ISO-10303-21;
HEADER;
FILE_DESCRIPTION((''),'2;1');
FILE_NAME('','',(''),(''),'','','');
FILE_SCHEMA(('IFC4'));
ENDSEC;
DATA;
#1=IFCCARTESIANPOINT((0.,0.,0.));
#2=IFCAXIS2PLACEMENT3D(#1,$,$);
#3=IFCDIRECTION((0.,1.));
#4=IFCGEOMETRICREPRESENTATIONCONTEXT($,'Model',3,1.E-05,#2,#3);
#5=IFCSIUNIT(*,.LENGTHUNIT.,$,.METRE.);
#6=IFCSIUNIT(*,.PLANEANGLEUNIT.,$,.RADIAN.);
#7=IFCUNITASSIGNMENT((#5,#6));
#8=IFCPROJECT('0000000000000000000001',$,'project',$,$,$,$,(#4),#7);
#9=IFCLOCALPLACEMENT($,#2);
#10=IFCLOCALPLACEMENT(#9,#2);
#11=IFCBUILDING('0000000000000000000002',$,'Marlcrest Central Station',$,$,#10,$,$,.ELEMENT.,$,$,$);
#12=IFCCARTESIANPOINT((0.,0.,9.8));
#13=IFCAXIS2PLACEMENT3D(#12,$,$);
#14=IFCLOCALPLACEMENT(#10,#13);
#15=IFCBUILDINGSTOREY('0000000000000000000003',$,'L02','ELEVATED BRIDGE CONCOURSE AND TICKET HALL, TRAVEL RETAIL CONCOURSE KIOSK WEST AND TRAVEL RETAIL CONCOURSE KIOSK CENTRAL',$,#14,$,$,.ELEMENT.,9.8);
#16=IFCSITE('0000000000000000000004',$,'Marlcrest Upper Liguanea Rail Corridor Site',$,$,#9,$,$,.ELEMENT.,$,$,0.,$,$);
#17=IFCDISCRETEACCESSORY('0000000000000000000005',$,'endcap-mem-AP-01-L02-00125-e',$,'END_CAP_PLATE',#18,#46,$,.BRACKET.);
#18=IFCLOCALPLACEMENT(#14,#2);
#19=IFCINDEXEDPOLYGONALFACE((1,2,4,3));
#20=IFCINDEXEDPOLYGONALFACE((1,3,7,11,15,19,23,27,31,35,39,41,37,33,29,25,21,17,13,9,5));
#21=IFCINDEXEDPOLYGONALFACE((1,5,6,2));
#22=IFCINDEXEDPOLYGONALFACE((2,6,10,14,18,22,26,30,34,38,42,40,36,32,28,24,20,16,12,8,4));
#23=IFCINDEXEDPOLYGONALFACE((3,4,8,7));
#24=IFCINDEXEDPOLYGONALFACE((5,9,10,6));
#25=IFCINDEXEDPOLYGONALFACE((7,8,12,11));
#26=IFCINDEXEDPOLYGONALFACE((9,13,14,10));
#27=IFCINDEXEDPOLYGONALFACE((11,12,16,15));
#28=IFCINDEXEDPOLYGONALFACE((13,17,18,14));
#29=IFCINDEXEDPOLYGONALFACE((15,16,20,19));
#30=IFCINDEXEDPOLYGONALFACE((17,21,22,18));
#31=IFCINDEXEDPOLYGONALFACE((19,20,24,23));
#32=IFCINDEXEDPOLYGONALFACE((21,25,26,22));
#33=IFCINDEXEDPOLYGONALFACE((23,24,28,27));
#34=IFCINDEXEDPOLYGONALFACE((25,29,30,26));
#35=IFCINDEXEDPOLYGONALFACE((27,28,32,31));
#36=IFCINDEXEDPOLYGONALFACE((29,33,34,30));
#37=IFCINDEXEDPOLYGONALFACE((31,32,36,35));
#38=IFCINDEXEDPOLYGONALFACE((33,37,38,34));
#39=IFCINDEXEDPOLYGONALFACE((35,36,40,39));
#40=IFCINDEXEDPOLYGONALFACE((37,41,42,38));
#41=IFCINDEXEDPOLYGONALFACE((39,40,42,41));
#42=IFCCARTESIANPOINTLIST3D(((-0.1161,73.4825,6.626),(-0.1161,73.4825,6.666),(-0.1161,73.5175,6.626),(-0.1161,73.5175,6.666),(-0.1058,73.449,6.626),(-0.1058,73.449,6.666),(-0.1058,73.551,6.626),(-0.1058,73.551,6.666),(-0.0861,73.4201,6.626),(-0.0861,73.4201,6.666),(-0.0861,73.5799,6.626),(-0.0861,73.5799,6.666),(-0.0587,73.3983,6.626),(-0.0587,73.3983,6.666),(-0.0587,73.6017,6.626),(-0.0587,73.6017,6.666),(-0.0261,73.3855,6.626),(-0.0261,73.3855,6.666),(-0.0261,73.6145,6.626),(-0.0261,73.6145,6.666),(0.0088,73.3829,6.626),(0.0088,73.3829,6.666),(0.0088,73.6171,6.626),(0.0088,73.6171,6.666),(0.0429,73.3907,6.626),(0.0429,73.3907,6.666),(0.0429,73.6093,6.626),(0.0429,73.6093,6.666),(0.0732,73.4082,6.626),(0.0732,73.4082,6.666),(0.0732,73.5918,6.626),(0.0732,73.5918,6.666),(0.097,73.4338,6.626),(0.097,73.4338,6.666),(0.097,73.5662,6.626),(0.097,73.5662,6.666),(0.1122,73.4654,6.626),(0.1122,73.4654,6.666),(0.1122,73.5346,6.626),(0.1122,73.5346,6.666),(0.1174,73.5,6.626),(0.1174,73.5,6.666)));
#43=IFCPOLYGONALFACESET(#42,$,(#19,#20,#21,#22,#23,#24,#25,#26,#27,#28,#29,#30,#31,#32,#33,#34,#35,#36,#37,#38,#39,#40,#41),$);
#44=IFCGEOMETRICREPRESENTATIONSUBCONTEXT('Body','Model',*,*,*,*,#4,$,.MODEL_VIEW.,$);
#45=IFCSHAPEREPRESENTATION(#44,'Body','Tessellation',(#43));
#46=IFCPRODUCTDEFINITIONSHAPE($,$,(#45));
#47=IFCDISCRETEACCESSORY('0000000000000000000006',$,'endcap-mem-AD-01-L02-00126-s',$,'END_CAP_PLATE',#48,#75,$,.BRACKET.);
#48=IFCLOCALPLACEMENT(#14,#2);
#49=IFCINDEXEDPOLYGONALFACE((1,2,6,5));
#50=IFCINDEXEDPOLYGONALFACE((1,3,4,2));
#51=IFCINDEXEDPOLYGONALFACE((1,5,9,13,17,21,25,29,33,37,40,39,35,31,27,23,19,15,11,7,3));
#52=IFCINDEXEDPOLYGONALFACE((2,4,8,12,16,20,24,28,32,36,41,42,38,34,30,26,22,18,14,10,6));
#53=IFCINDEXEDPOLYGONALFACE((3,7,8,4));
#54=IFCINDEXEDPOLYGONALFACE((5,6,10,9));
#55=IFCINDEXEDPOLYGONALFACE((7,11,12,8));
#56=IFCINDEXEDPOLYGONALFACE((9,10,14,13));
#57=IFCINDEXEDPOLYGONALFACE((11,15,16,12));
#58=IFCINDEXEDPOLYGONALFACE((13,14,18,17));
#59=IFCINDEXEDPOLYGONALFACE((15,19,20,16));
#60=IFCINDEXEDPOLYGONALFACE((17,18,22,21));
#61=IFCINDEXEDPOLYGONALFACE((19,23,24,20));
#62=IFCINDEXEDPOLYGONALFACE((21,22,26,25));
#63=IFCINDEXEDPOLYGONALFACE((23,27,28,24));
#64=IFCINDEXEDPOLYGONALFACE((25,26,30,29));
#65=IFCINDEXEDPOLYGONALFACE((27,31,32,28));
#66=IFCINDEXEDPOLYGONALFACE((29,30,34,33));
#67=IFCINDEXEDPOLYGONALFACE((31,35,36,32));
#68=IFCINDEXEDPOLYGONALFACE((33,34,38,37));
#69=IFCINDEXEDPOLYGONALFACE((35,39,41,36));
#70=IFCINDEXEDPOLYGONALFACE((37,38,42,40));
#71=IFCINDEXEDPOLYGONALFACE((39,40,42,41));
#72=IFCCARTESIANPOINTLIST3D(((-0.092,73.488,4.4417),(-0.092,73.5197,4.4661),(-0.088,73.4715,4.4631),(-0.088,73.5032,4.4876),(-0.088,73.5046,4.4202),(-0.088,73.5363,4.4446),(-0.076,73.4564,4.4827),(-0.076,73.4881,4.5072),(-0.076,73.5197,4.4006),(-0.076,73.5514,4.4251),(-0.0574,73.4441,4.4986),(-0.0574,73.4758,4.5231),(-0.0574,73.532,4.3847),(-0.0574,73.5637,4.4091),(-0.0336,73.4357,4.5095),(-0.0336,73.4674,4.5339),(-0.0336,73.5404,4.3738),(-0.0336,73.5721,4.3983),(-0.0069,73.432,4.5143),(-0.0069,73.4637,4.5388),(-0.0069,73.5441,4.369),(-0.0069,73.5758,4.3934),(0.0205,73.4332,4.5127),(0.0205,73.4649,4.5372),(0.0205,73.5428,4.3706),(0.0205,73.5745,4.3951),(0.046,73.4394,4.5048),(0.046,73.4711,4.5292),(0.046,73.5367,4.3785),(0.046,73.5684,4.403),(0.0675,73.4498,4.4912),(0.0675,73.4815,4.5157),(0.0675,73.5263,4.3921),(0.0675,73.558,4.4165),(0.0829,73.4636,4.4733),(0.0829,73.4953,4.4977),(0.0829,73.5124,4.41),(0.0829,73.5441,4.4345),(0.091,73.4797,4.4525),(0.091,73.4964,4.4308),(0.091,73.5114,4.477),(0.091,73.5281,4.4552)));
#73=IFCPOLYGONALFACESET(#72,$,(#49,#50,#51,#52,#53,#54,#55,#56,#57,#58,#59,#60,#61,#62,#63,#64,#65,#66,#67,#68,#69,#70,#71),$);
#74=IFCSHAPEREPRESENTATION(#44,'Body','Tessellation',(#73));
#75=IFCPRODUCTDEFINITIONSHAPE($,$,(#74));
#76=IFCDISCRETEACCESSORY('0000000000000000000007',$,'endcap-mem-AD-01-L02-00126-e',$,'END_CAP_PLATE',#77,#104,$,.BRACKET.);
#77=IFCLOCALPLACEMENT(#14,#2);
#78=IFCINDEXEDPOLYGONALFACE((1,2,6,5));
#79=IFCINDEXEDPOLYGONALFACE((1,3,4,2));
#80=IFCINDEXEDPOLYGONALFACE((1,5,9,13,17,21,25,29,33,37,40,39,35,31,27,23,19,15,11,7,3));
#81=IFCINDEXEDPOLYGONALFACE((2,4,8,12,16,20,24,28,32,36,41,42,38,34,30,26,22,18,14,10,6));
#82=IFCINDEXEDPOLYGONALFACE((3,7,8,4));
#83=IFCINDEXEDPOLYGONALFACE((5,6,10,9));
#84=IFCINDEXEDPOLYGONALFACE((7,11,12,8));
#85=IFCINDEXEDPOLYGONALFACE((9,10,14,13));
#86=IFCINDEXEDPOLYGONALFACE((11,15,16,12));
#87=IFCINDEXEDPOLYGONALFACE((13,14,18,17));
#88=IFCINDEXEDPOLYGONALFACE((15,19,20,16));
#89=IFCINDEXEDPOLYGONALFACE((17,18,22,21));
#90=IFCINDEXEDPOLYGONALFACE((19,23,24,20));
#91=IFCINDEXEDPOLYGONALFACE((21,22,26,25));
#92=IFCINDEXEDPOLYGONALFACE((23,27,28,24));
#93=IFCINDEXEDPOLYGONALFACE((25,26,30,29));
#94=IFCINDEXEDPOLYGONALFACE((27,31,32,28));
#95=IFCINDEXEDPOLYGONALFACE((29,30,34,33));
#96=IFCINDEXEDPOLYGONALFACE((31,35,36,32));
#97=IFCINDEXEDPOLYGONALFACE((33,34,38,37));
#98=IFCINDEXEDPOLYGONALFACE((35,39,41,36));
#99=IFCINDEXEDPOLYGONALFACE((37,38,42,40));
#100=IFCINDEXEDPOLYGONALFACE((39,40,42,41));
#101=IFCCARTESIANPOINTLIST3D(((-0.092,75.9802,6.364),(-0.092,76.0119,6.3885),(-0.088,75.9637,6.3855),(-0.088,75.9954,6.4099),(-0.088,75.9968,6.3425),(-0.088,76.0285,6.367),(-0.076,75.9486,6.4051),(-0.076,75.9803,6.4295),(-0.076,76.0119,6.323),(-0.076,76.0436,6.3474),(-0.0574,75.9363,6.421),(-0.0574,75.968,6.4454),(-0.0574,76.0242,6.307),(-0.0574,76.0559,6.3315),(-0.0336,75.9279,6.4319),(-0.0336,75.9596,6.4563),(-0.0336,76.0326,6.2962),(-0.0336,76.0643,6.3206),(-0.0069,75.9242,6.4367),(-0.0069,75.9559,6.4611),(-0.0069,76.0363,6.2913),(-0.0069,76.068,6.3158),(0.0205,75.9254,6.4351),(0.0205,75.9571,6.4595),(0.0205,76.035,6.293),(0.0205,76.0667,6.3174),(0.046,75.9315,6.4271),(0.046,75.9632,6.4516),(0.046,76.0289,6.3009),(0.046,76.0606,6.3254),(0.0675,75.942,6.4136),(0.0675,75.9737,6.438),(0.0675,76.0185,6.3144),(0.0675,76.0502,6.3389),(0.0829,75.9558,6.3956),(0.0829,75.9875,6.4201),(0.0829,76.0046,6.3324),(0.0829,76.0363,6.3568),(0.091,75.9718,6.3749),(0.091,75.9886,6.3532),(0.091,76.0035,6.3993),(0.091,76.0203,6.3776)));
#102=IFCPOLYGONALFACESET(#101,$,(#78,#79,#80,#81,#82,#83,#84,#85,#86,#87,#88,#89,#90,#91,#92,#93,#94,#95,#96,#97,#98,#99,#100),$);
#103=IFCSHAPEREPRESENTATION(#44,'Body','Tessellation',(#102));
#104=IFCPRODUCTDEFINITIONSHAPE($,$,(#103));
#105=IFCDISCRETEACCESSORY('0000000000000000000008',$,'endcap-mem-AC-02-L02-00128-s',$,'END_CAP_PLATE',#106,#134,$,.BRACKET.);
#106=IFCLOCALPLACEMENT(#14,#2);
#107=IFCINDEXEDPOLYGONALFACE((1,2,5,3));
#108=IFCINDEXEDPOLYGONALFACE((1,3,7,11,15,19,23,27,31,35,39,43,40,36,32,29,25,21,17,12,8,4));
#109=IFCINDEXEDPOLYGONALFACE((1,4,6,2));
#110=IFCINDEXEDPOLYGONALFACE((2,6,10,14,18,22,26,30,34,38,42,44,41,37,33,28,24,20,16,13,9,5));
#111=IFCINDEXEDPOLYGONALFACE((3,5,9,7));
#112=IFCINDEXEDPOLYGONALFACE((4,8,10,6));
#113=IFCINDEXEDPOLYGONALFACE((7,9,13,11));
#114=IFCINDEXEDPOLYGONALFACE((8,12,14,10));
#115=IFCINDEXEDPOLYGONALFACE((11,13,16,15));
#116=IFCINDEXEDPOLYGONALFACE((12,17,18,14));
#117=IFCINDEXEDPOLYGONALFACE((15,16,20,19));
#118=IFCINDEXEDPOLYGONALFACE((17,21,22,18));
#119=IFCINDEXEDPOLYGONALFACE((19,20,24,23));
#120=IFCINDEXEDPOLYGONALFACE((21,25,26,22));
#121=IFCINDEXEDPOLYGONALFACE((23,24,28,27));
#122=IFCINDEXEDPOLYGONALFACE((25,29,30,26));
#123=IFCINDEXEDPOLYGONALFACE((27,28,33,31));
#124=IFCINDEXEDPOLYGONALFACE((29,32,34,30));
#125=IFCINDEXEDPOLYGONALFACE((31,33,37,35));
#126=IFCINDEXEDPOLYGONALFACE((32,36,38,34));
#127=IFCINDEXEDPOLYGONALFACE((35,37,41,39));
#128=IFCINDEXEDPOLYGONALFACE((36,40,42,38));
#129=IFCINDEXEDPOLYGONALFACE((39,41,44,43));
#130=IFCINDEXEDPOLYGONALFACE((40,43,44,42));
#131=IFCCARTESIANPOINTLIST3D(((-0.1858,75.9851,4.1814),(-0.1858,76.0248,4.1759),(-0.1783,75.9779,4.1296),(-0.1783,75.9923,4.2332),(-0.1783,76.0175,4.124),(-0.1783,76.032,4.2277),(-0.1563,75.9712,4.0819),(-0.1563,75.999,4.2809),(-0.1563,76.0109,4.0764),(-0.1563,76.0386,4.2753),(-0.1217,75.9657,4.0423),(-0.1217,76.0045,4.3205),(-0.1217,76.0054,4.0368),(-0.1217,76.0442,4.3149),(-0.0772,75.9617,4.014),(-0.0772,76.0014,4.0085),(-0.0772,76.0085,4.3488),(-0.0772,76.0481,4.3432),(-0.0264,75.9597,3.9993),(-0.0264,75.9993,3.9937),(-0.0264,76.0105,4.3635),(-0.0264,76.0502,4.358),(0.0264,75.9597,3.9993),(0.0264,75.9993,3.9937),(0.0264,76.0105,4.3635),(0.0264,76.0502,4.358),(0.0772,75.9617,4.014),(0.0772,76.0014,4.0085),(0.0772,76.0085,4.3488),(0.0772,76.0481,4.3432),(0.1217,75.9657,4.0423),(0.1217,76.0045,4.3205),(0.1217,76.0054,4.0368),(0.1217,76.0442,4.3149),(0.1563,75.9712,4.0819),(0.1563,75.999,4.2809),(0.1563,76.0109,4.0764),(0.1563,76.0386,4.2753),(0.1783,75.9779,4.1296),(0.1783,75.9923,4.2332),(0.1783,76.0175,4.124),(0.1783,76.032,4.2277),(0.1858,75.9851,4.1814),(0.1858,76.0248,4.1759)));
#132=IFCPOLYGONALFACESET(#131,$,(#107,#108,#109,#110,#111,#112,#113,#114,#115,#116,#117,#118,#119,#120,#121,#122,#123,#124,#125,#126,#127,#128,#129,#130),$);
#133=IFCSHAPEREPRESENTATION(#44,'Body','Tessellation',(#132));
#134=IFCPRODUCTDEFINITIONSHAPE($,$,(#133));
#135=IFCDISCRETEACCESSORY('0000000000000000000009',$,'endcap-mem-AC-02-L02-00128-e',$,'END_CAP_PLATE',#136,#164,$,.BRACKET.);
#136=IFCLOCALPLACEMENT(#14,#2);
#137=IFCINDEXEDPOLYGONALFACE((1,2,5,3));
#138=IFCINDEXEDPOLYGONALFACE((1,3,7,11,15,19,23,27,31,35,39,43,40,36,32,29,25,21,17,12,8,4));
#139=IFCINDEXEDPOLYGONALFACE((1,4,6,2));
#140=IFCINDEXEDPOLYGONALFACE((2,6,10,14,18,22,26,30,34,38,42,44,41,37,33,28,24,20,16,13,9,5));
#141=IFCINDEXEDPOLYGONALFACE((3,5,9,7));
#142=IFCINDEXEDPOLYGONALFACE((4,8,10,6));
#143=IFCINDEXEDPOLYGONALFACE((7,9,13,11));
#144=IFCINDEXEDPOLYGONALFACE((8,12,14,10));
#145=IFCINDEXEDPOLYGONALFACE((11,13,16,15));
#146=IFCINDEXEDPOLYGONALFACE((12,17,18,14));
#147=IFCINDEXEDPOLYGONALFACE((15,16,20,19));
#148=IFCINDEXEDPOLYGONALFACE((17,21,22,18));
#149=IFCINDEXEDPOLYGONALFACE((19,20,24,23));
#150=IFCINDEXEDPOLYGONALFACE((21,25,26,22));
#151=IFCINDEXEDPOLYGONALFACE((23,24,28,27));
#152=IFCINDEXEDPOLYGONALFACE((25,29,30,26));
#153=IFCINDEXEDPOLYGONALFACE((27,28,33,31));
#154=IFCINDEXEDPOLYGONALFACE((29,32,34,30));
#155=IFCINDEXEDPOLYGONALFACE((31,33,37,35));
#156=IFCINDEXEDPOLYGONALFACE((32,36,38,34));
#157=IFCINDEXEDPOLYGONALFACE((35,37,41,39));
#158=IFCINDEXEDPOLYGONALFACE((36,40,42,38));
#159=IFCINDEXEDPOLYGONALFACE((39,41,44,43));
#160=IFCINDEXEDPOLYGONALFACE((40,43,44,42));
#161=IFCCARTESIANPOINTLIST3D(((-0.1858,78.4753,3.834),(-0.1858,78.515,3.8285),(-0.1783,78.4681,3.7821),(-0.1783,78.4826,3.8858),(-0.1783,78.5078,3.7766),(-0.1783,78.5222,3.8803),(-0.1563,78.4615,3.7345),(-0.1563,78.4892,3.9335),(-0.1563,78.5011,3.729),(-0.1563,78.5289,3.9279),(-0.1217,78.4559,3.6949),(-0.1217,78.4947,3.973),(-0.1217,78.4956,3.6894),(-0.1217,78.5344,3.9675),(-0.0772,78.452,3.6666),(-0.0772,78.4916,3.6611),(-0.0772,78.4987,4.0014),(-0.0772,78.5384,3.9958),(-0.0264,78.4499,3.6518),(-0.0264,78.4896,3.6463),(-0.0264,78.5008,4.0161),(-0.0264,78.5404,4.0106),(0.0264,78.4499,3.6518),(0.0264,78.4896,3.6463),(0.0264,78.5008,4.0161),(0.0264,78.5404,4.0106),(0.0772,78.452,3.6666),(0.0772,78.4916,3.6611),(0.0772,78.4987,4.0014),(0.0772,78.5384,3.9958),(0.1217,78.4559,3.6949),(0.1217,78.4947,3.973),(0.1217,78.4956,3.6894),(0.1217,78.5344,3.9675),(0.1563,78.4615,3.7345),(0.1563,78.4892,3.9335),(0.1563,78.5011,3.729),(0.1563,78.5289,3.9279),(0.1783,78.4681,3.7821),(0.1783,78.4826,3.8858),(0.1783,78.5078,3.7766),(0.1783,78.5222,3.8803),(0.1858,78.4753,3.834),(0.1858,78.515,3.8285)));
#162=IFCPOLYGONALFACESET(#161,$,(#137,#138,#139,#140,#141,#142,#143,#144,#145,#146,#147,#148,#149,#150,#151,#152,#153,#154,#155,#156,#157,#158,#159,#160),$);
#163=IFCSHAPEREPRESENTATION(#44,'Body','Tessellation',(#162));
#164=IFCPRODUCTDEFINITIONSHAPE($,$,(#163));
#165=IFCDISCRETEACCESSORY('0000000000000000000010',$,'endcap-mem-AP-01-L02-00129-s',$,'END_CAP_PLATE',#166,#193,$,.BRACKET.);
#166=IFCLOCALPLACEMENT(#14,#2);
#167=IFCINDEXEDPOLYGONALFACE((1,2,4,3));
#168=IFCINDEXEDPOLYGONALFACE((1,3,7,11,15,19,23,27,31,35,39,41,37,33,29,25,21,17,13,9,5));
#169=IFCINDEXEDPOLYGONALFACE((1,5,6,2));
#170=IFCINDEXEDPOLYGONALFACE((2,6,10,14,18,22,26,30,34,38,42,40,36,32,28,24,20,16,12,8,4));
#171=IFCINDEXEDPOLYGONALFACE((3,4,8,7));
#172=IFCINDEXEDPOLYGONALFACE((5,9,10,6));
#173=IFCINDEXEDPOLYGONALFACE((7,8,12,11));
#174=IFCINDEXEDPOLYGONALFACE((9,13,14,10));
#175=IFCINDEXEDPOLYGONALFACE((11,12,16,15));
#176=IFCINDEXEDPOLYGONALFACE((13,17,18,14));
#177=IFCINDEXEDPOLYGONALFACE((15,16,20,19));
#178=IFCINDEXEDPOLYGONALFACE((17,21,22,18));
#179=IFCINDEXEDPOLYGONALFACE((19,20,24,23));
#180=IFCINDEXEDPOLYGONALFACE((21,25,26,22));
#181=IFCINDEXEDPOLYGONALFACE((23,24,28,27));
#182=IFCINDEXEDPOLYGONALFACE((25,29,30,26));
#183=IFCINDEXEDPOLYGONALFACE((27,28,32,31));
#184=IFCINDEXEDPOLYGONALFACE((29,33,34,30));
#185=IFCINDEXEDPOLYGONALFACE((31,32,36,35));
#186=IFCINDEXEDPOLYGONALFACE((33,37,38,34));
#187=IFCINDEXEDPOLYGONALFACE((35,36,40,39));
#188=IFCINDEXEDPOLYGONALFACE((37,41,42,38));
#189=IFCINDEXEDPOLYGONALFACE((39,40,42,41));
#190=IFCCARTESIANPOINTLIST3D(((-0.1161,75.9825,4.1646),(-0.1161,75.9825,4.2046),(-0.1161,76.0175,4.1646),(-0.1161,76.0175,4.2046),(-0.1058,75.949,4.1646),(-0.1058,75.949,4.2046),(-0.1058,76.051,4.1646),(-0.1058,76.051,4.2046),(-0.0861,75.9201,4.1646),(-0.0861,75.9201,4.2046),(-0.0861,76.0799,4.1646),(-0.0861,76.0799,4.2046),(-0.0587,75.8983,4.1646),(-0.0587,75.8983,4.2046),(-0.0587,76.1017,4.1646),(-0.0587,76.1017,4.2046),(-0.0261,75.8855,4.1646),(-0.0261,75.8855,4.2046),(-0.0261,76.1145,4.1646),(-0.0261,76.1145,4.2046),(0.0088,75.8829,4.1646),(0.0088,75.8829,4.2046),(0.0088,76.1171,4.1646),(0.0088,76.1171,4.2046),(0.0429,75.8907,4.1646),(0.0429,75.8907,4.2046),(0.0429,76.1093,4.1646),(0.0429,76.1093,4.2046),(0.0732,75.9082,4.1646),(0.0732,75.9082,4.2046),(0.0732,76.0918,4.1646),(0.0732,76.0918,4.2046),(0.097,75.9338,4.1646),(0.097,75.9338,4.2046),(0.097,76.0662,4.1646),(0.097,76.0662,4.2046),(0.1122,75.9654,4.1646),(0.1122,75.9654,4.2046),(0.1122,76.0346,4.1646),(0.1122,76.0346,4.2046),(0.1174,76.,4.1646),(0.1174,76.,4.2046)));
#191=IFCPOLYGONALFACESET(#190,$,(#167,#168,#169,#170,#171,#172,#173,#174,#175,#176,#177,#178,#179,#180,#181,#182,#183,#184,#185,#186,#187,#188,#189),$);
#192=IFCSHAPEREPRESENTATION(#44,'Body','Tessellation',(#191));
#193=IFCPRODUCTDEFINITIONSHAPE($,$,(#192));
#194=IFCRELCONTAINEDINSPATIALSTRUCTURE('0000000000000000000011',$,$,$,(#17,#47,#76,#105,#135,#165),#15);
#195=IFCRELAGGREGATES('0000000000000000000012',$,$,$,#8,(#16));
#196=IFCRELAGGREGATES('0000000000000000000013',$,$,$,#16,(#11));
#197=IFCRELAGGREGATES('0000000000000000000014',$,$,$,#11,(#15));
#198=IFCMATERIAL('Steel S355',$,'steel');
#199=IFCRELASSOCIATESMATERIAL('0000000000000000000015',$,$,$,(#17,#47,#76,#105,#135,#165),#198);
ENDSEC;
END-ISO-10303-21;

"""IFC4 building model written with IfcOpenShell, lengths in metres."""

from ifc_helpers import new_model, si_unit, direction, frame, origin, origin_2d, place, context, subcontext, project, spatial, circle, extrude, material, element, save


model = new_model("IFC4")

# Units and contexts
model_context = context("Model", 3, precision=1e-05, world=origin(), true_north=direction((0.0, 1.0)))
body_context = subcontext(model_context, "Body", "Model", "MODEL_VIEW")
ifc_project = project(units=[si_unit("LENGTHUNIT", "METRE"), si_unit("PLANEANGLEUNIT", "RADIAN")], contexts=[model_context])

# Site, building, storey
site_placement = place(None, origin())
site = spatial("IfcSite", under=ifc_project, at=site_placement, Name="Marlcrest Upper Liguanea Rail Corridor Site", CompositionType="ELEMENT", RefElevation=0.0)
building_placement = place(site_placement, origin())
building = spatial("IfcBuilding", under=site, at=building_placement, Name="Marlcrest Central Station", CompositionType="ELEMENT")
storey_placement = place(building_placement, frame((0.0, 0.0, 9.8)))
storey = spatial("IfcBuildingStorey", under=building, at=storey_placement, Name="L02", Description="ELEVATED BRIDGE CONCOURSE AND TICKET HALL, TRAVEL RETAIL CONCOURSE KIOSK WEST AND TRAVEL RETAIL CONCOURSE KIOSK CENTRAL", CompositionType="ELEMENT", Elevation=9.8)

# Shared definitions
ifc_material = material(Name="Steel S355", Category="steel")

# Discrete accessories
for number, where, z_axis, x_axis, name in (
    (1, (0.0, 73.5, 6.626), (0.0, 0.0, 1.0), (1.0, 0.0, 0.0), "endcap-mem-AP-01-L02-00125-e"),
):
    element("IfcDiscreteAccessory", number, at=place(storey_placement, frame(where, z_axis=z_axis, x_axis=x_axis)), inside=storey, material=ifc_material, Name=name, ObjectType="END_CAP_PLATE", PredefinedType="BRACKET", context=body_context, shape_type="SweptSolid", body=[
        extrude(circle(Radius=0.1174, at=origin_2d()), origin(), (0.0, 0.0, 1.0), 0.04),
    ])
for number, where, z_axis, x_axis, name in (
    (2, (0.0, 73.488, 4.4417), (0.0, 0.791798, 0.610783), (-1.0, 0.0, 0.0), "endcap-mem-AD-01-L02-00126-s"),
    (3, (0.0, 75.9802, 6.364), (0.0, 0.791798, 0.610783), (-1.0, 0.0, 0.0), "endcap-mem-AD-01-L02-00126-e"),
):
    element("IfcDiscreteAccessory", number, at=place(storey_placement, frame(where, z_axis=z_axis, x_axis=x_axis)), inside=storey, material=ifc_material, Name=name, ObjectType="END_CAP_PLATE", PredefinedType="BRACKET", context=body_context, shape_type="SweptSolid", body=[
        extrude(circle(Radius=0.092, at=origin_2d()), origin(), (0.0, 0.0, 1.0), 0.04),
    ])
for number, where, z_axis, x_axis, name in (
    (4, (0.0, 75.9851, 4.1814), (0.0, 0.990403, -0.138211), (-1.0, 0.0, 0.0), "endcap-mem-AC-02-L02-00128-s"),
    (5, (0.0, 78.4753, 3.834), (0.0, 0.990403, -0.138211), (-1.0, 0.0, 0.0), "endcap-mem-AC-02-L02-00128-e"),
):
    element("IfcDiscreteAccessory", number, at=place(storey_placement, frame(where, z_axis=z_axis, x_axis=x_axis)), inside=storey, material=ifc_material, Name=name, ObjectType="END_CAP_PLATE", PredefinedType="BRACKET", context=body_context, shape_type="SweptSolid", body=[
        extrude(circle(Radius=0.1858, at=origin_2d()), origin(), (0.0, 0.0, 1.0), 0.04),
    ])
for number, where, z_axis, x_axis, name in (
    (6, (0.0, 76.0, 4.1646), (0.0, 0.0, 1.0), (1.0, 0.0, 0.0), "endcap-mem-AP-01-L02-00129-s"),
):
    element("IfcDiscreteAccessory", number, at=place(storey_placement, frame(where, z_axis=z_axis, x_axis=x_axis)), inside=storey, material=ifc_material, Name=name, ObjectType="END_CAP_PLATE", PredefinedType="BRACKET", context=body_context, shape_type="SweptSolid", body=[
        extrude(circle(Radius=0.1174, at=origin_2d()), origin(), (0.0, 0.0, 1.0), 0.04),
    ])

save(model, "model.ifc")
